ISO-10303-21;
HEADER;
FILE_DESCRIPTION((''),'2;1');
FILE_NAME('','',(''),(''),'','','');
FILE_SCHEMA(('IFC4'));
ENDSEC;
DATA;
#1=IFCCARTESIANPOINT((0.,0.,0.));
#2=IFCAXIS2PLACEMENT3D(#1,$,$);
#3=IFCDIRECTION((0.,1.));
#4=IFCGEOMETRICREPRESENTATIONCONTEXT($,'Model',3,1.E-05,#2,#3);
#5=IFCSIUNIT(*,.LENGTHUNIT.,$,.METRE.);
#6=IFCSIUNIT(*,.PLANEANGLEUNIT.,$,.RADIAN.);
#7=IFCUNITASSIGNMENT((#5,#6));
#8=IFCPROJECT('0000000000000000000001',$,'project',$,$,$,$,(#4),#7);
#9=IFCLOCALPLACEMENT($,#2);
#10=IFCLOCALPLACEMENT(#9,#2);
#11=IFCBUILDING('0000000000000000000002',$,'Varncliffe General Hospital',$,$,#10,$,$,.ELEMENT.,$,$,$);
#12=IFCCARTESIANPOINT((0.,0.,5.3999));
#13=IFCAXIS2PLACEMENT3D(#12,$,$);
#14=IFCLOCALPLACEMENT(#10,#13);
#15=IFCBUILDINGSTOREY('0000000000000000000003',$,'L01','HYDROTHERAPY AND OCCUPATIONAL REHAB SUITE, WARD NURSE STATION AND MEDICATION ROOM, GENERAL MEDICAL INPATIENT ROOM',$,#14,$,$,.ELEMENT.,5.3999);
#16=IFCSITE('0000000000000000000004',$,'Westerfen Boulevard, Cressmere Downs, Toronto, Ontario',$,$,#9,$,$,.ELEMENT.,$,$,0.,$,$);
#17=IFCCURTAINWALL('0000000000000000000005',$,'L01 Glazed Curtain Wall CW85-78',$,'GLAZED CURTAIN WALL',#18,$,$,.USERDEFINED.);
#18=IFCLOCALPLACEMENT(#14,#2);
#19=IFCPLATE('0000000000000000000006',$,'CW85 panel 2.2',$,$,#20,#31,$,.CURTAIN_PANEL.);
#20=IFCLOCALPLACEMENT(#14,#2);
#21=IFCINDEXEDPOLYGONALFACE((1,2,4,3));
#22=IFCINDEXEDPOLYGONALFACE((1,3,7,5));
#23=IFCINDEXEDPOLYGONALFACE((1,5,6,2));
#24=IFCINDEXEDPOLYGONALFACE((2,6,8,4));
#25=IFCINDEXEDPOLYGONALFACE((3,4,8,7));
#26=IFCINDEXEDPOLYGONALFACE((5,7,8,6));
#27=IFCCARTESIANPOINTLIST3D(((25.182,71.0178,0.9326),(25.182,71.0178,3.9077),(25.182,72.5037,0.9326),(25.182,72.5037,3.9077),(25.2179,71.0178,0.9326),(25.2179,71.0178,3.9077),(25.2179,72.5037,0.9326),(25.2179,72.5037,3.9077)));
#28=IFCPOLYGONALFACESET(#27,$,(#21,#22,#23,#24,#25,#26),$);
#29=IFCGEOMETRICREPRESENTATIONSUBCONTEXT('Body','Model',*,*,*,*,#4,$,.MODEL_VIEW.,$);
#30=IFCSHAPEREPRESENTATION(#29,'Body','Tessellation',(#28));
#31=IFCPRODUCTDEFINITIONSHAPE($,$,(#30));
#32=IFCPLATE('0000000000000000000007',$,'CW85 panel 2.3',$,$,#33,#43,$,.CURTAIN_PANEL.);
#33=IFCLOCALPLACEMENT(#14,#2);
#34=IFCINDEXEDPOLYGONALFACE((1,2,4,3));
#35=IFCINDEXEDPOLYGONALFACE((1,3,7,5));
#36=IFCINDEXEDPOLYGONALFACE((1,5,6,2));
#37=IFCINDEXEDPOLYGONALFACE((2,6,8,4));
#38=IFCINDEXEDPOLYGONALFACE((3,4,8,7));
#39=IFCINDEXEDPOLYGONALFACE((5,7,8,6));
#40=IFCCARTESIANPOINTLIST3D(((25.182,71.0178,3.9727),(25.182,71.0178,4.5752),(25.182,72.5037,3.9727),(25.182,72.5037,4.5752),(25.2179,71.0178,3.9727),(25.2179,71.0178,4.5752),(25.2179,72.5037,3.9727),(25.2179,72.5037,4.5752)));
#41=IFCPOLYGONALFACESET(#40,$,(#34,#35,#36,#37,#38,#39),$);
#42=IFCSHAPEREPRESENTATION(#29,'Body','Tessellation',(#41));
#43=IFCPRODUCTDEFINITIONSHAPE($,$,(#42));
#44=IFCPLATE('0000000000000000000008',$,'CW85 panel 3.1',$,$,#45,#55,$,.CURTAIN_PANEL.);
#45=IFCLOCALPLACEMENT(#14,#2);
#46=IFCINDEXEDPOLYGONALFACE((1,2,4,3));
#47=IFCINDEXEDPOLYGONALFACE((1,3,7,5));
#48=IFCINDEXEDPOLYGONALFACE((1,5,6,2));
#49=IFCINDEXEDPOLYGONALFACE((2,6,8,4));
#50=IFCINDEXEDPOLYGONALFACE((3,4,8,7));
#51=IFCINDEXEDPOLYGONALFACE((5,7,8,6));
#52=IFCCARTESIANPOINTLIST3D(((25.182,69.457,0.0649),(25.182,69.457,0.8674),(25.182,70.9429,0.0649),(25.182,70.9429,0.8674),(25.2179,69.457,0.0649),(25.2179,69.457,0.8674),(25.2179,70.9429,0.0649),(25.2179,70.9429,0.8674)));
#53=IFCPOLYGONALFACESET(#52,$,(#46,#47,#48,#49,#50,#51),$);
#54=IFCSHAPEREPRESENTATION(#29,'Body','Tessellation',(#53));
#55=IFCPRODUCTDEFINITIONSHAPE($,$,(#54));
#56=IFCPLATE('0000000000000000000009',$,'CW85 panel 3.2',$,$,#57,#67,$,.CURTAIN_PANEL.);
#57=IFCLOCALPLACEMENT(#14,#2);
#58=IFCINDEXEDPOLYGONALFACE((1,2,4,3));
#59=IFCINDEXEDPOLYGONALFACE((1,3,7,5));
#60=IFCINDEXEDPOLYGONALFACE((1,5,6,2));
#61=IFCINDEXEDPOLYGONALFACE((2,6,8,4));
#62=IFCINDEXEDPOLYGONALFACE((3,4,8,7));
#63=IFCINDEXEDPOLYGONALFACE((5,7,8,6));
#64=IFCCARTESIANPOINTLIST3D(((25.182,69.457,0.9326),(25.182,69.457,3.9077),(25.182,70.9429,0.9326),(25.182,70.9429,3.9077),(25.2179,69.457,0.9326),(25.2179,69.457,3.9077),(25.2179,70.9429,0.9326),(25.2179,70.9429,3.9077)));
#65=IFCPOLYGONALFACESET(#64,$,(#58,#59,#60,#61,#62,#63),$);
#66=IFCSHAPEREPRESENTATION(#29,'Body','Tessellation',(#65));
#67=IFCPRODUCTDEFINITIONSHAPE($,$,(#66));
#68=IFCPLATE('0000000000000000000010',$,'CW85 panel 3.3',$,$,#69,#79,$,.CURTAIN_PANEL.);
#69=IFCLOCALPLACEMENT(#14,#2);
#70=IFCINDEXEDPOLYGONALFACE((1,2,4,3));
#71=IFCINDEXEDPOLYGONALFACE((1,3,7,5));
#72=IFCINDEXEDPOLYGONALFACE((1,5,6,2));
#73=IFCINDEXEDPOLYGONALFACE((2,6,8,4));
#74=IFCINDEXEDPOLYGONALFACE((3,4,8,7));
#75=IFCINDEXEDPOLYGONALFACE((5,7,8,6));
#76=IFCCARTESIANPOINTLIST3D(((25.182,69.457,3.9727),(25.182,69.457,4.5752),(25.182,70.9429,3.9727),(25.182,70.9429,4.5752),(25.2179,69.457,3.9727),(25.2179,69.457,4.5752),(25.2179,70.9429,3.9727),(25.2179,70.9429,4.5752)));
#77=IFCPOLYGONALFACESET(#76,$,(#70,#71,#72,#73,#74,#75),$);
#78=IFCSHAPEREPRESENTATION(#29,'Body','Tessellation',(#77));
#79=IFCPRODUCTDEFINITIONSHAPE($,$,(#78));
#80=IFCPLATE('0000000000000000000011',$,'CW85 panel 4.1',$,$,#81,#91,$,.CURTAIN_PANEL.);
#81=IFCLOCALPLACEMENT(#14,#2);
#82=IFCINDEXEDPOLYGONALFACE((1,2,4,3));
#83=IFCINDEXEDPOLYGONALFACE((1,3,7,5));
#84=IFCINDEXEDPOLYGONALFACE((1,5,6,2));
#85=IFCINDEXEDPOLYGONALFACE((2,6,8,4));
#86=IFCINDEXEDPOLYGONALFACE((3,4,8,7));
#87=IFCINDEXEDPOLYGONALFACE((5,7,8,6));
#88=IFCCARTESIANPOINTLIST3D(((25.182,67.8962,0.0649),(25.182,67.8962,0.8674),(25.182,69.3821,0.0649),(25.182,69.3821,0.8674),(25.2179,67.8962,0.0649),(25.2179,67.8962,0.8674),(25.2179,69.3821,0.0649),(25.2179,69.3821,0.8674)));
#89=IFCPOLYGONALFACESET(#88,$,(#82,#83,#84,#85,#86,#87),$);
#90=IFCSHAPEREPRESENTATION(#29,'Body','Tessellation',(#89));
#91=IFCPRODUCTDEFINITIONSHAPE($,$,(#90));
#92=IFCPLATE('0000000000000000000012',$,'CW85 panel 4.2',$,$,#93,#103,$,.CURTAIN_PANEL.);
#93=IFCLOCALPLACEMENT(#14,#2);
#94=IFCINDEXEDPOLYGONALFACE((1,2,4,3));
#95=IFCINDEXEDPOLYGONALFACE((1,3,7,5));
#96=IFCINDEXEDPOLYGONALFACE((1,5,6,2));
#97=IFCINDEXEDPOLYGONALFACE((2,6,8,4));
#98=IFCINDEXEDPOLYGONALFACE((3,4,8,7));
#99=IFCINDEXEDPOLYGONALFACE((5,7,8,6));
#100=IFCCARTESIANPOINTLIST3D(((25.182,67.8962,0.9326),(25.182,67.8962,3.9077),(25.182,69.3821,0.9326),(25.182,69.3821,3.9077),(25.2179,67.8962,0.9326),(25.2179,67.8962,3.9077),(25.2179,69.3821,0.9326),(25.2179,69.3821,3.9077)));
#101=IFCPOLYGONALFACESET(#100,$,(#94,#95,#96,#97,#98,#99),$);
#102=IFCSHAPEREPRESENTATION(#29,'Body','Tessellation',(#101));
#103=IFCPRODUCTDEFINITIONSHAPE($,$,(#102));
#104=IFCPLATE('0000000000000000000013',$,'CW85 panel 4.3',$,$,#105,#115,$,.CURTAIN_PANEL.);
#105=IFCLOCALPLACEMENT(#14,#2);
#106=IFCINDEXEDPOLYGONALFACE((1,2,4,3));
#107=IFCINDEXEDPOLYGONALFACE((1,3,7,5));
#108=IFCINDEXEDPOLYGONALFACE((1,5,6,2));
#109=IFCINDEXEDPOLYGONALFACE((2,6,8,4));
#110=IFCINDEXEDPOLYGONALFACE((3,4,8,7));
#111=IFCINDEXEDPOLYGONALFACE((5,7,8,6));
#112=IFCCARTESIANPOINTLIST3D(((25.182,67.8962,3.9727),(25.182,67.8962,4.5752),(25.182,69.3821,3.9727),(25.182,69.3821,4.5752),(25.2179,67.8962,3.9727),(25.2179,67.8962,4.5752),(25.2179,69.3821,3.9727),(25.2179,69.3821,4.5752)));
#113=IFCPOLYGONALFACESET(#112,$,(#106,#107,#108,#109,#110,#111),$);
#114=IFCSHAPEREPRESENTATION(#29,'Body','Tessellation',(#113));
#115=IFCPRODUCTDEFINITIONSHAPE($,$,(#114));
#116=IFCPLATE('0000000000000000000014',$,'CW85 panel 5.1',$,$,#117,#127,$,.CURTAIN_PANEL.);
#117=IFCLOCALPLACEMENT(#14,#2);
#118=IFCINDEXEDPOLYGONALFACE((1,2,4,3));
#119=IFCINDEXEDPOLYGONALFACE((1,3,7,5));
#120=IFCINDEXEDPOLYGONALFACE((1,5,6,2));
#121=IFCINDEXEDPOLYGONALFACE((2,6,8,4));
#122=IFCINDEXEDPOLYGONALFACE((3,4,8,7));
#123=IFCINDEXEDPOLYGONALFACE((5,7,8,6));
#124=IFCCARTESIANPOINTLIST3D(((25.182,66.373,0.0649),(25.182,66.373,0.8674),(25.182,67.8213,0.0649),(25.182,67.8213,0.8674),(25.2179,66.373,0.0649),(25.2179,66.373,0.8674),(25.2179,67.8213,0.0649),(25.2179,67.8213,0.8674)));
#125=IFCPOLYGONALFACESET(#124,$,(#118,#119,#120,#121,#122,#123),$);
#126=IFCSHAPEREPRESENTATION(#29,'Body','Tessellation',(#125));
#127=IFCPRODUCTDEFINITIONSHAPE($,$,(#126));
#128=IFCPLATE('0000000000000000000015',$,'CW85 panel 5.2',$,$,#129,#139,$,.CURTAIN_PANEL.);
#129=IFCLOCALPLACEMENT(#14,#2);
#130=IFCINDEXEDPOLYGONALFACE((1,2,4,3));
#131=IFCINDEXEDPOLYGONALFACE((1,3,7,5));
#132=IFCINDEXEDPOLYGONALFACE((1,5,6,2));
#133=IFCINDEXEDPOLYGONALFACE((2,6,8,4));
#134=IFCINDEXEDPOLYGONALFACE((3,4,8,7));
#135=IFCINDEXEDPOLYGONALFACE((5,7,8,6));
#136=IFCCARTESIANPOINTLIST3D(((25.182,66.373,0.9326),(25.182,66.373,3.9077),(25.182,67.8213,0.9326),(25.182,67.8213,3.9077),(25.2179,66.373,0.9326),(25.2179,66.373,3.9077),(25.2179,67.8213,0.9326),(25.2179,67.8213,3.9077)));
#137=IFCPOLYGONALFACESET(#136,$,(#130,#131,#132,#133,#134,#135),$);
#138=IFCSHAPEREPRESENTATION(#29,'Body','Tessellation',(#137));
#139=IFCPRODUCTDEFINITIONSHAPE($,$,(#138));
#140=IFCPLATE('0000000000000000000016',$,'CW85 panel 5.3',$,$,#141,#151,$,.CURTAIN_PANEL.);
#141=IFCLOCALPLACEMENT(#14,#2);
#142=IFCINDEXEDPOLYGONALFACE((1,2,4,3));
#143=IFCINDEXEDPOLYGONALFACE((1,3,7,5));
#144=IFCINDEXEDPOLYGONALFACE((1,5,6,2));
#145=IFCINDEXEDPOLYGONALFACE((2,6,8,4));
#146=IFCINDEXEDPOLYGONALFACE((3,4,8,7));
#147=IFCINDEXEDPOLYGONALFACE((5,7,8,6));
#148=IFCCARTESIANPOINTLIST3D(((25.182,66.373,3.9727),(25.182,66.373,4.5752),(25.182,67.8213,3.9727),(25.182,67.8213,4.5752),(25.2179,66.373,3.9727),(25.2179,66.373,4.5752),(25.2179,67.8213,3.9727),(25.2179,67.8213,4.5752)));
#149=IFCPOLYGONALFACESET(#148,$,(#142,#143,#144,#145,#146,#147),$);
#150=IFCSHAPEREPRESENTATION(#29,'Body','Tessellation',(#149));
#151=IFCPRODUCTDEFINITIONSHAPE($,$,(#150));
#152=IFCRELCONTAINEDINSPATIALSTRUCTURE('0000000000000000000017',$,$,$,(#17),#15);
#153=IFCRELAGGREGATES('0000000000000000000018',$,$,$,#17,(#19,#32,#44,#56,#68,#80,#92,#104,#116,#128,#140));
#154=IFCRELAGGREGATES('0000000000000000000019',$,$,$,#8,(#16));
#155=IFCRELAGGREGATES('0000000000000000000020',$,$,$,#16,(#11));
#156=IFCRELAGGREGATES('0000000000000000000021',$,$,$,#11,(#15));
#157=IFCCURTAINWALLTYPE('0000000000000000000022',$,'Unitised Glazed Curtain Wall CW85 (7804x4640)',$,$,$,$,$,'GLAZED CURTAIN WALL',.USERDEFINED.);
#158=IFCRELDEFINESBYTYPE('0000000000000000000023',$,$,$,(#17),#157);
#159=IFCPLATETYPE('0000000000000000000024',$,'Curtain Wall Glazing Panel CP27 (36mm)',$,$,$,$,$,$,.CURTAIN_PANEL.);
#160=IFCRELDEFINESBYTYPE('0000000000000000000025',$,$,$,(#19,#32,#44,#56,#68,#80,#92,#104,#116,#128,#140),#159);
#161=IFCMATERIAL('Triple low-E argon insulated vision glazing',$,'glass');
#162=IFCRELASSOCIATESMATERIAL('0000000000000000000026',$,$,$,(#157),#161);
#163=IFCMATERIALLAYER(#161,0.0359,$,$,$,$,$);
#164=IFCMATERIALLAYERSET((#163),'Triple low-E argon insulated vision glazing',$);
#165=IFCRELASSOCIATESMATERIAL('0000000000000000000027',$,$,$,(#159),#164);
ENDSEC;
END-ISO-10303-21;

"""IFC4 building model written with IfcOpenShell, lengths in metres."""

from ifc_helpers import new_model, si_unit, direction, frame, origin, origin_2d, place, context, subcontext, project, spatial, rectangle, extrude, material, layer, layer_set, type_object, element, aggregate, save


model = new_model("IFC4")

# Units and contexts
model_context = context("Model", 3, precision=1e-05, world=origin(), true_north=direction((0.0, 1.0)))
body_context = subcontext(model_context, "Body", "Model", "MODEL_VIEW")
ifc_project = project(units=[si_unit("LENGTHUNIT", "METRE"), si_unit("PLANEANGLEUNIT", "RADIAN")], contexts=[model_context])

# Site, building, storey
site_placement = place(None, origin())
site = spatial("IfcSite", under=ifc_project, at=site_placement, Name="Westerfen Boulevard, Cressmere Downs, Toronto, Ontario", CompositionType="ELEMENT", RefElevation=0.0)
building_placement = place(site_placement, origin())
building = spatial("IfcBuilding", under=site, at=building_placement, Name="Varncliffe General Hospital", CompositionType="ELEMENT")
storey_placement = place(building_placement, frame((0.0, 0.0, 5.3999)))
storey = spatial("IfcBuildingStorey", under=building, at=storey_placement, Name="L01", Description="HYDROTHERAPY AND OCCUPATIONAL REHAB SUITE, WARD NURSE STATION AND MEDICATION ROOM, GENERAL MEDICAL INPATIENT ROOM", CompositionType="ELEMENT", Elevation=5.3999)

# Shared definitions
ifc_material_1 = material(Name="Triple low-E argon insulated vision glazing", Category="glass")

# Curtain wall
curtain_wall_type_1 = type_object("IfcCurtainWallType", Name="Unitised Glazed Curtain Wall CW85 (7804x4640)", ElementType="GLAZED CURTAIN WALL", PredefinedType="USERDEFINED", material=ifc_material_1)
curtain_wall_1_placement = place(storey_placement, origin())
curtain_wall_1 = element("IfcCurtainWall", 1, at=curtain_wall_1_placement, inside=storey, type_object=curtain_wall_type_1, Name="L01 Glazed Curtain Wall CW85-78", ObjectType="GLAZED CURTAIN WALL", PredefinedType="USERDEFINED")

# Plates
ifc_layer = layer(ifc_material_1, 0.0359)
ifc_layer_set = layer_set([ifc_layer], Name="Triple low-E argon insulated vision glazing")
plate_type = type_object("IfcPlateType", Name="Curtain Wall Glazing Panel CP27 (36mm)", PredefinedType="CURTAIN_PANEL", material=ifc_layer_set)
plate_1_placement = place(storey_placement, frame((25.2, 71.7607, 0.9326), z_axis=(0.0, 0.0, 1.0), x_axis=(0.0, -1.0, 0.0)))
plate_1 = element("IfcPlate", 2, at=plate_1_placement, type_object=plate_type, Name="CW85 panel 2.2", PredefinedType="CURTAIN_PANEL", context=body_context, shape_type="SweptSolid", body=[
    extrude(rectangle(XDim=1.4858, YDim=0.0359, at=origin_2d()), origin(), (0.0, 0.0, 1.0), 2.9751),
])
plate_2_placement = place(storey_placement, frame((25.2, 71.7607, 3.9727), z_axis=(0.0, 0.0, 1.0), x_axis=(0.0, -1.0, 0.0)))
plate_2 = element("IfcPlate", 3, at=plate_2_placement, type_object=plate_type, Name="CW85 panel 2.3", PredefinedType="CURTAIN_PANEL", context=body_context, shape_type="SweptSolid", body=[
    extrude(rectangle(XDim=1.4858, YDim=0.0359, at=origin_2d()), origin(), (0.0, 0.0, 1.0), 0.6025),
])
plate_3_placement = place(storey_placement, frame((25.2, 70.2, 0.0649), z_axis=(0.0, 0.0, 1.0), x_axis=(0.0, -1.0, 0.0)))
plate_3 = element("IfcPlate", 4, at=plate_3_placement, type_object=plate_type, Name="CW85 panel 3.1", PredefinedType="CURTAIN_PANEL", context=body_context, shape_type="SweptSolid", body=[
    extrude(rectangle(XDim=1.4858, YDim=0.0359, at=origin_2d()), origin(), (0.0, 0.0, 1.0), 0.8025),
])
plate_4_placement = place(storey_placement, frame((25.2, 70.2, 0.9326), z_axis=(0.0, 0.0, 1.0), x_axis=(0.0, -1.0, 0.0)))
plate_4 = element("IfcPlate", 5, at=plate_4_placement, type_object=plate_type, Name="CW85 panel 3.2", PredefinedType="CURTAIN_PANEL", context=body_context, shape_type="SweptSolid", body=[
    extrude(rectangle(XDim=1.4858, YDim=0.0359, at=origin_2d()), origin(), (0.0, 0.0, 1.0), 2.9751),
])
plate_5_placement = place(storey_placement, frame((25.2, 70.2, 3.9727), z_axis=(0.0, 0.0, 1.0), x_axis=(0.0, -1.0, 0.0)))
plate_5 = element("IfcPlate", 6, at=plate_5_placement, type_object=plate_type, Name="CW85 panel 3.3", PredefinedType="CURTAIN_PANEL", context=body_context, shape_type="SweptSolid", body=[
    extrude(rectangle(XDim=1.4858, YDim=0.0359, at=origin_2d()), origin(), (0.0, 0.0, 1.0), 0.6025),
])
plate_6_placement = place(storey_placement, frame((25.2, 68.6392, 0.0649), z_axis=(0.0, 0.0, 1.0), x_axis=(0.0, -1.0, 0.0)))
plate_6 = element("IfcPlate", 7, at=plate_6_placement, type_object=plate_type, Name="CW85 panel 4.1", PredefinedType="CURTAIN_PANEL", context=body_context, shape_type="SweptSolid", body=[
    extrude(rectangle(XDim=1.4858, YDim=0.0359, at=origin_2d()), origin(), (0.0, 0.0, 1.0), 0.8025),
])
plate_7_placement = place(storey_placement, frame((25.2, 68.6392, 0.9326), z_axis=(0.0, 0.0, 1.0), x_axis=(0.0, -1.0, 0.0)))
plate_7 = element("IfcPlate", 8, at=plate_7_placement, type_object=plate_type, Name="CW85 panel 4.2", PredefinedType="CURTAIN_PANEL", context=body_context, shape_type="SweptSolid", body=[
    extrude(rectangle(XDim=1.4858, YDim=0.0359, at=origin_2d()), origin(), (0.0, 0.0, 1.0), 2.9751),
])
plate_8_placement = place(storey_placement, frame((25.2, 68.6392, 3.9727), z_axis=(0.0, 0.0, 1.0), x_axis=(0.0, -1.0, 0.0)))
plate_8 = element("IfcPlate", 9, at=plate_8_placement, type_object=plate_type, Name="CW85 panel 4.3", PredefinedType="CURTAIN_PANEL", context=body_context, shape_type="SweptSolid", body=[
    extrude(rectangle(XDim=1.4858, YDim=0.0359, at=origin_2d()), origin(), (0.0, 0.0, 1.0), 0.6025),
])
plate_9_placement = place(storey_placement, frame((25.2, 67.0972, 0.0649), z_axis=(0.0, 0.0, 1.0), x_axis=(0.0, -1.0, 0.0)))
plate_9 = element("IfcPlate", 10, at=plate_9_placement, type_object=plate_type, Name="CW85 panel 5.1", PredefinedType="CURTAIN_PANEL", context=body_context, shape_type="SweptSolid", body=[
    extrude(rectangle(XDim=1.4482, YDim=0.0359, at=origin_2d()), origin(), (0.0, 0.0, 1.0), 0.8025),
])
plate_10_placement = place(storey_placement, frame((25.2, 67.0972, 0.9326), z_axis=(0.0, 0.0, 1.0), x_axis=(0.0, -1.0, 0.0)))
plate_10 = element("IfcPlate", 11, at=plate_10_placement, type_object=plate_type, Name="CW85 panel 5.2", PredefinedType="CURTAIN_PANEL", context=body_context, shape_type="SweptSolid", body=[
    extrude(rectangle(XDim=1.4482, YDim=0.0359, at=origin_2d()), origin(), (0.0, 0.0, 1.0), 2.9751),
])
plate_11_placement = place(storey_placement, frame((25.2, 67.0972, 3.9727), z_axis=(0.0, 0.0, 1.0), x_axis=(0.0, -1.0, 0.0)))
plate_11 = element("IfcPlate", 12, at=plate_11_placement, type_object=plate_type, Name="CW85 panel 5.3", PredefinedType="CURTAIN_PANEL", context=body_context, shape_type="SweptSolid", body=[
    extrude(rectangle(XDim=1.4482, YDim=0.0359, at=origin_2d()), origin(), (0.0, 0.0, 1.0), 0.6025),
])
aggregate(curtain_wall_1, [plate_1, plate_2, plate_3, plate_4, plate_5, plate_6, plate_7, plate_8, plate_9, plate_10, plate_11])

save(model, "model.ifc")
